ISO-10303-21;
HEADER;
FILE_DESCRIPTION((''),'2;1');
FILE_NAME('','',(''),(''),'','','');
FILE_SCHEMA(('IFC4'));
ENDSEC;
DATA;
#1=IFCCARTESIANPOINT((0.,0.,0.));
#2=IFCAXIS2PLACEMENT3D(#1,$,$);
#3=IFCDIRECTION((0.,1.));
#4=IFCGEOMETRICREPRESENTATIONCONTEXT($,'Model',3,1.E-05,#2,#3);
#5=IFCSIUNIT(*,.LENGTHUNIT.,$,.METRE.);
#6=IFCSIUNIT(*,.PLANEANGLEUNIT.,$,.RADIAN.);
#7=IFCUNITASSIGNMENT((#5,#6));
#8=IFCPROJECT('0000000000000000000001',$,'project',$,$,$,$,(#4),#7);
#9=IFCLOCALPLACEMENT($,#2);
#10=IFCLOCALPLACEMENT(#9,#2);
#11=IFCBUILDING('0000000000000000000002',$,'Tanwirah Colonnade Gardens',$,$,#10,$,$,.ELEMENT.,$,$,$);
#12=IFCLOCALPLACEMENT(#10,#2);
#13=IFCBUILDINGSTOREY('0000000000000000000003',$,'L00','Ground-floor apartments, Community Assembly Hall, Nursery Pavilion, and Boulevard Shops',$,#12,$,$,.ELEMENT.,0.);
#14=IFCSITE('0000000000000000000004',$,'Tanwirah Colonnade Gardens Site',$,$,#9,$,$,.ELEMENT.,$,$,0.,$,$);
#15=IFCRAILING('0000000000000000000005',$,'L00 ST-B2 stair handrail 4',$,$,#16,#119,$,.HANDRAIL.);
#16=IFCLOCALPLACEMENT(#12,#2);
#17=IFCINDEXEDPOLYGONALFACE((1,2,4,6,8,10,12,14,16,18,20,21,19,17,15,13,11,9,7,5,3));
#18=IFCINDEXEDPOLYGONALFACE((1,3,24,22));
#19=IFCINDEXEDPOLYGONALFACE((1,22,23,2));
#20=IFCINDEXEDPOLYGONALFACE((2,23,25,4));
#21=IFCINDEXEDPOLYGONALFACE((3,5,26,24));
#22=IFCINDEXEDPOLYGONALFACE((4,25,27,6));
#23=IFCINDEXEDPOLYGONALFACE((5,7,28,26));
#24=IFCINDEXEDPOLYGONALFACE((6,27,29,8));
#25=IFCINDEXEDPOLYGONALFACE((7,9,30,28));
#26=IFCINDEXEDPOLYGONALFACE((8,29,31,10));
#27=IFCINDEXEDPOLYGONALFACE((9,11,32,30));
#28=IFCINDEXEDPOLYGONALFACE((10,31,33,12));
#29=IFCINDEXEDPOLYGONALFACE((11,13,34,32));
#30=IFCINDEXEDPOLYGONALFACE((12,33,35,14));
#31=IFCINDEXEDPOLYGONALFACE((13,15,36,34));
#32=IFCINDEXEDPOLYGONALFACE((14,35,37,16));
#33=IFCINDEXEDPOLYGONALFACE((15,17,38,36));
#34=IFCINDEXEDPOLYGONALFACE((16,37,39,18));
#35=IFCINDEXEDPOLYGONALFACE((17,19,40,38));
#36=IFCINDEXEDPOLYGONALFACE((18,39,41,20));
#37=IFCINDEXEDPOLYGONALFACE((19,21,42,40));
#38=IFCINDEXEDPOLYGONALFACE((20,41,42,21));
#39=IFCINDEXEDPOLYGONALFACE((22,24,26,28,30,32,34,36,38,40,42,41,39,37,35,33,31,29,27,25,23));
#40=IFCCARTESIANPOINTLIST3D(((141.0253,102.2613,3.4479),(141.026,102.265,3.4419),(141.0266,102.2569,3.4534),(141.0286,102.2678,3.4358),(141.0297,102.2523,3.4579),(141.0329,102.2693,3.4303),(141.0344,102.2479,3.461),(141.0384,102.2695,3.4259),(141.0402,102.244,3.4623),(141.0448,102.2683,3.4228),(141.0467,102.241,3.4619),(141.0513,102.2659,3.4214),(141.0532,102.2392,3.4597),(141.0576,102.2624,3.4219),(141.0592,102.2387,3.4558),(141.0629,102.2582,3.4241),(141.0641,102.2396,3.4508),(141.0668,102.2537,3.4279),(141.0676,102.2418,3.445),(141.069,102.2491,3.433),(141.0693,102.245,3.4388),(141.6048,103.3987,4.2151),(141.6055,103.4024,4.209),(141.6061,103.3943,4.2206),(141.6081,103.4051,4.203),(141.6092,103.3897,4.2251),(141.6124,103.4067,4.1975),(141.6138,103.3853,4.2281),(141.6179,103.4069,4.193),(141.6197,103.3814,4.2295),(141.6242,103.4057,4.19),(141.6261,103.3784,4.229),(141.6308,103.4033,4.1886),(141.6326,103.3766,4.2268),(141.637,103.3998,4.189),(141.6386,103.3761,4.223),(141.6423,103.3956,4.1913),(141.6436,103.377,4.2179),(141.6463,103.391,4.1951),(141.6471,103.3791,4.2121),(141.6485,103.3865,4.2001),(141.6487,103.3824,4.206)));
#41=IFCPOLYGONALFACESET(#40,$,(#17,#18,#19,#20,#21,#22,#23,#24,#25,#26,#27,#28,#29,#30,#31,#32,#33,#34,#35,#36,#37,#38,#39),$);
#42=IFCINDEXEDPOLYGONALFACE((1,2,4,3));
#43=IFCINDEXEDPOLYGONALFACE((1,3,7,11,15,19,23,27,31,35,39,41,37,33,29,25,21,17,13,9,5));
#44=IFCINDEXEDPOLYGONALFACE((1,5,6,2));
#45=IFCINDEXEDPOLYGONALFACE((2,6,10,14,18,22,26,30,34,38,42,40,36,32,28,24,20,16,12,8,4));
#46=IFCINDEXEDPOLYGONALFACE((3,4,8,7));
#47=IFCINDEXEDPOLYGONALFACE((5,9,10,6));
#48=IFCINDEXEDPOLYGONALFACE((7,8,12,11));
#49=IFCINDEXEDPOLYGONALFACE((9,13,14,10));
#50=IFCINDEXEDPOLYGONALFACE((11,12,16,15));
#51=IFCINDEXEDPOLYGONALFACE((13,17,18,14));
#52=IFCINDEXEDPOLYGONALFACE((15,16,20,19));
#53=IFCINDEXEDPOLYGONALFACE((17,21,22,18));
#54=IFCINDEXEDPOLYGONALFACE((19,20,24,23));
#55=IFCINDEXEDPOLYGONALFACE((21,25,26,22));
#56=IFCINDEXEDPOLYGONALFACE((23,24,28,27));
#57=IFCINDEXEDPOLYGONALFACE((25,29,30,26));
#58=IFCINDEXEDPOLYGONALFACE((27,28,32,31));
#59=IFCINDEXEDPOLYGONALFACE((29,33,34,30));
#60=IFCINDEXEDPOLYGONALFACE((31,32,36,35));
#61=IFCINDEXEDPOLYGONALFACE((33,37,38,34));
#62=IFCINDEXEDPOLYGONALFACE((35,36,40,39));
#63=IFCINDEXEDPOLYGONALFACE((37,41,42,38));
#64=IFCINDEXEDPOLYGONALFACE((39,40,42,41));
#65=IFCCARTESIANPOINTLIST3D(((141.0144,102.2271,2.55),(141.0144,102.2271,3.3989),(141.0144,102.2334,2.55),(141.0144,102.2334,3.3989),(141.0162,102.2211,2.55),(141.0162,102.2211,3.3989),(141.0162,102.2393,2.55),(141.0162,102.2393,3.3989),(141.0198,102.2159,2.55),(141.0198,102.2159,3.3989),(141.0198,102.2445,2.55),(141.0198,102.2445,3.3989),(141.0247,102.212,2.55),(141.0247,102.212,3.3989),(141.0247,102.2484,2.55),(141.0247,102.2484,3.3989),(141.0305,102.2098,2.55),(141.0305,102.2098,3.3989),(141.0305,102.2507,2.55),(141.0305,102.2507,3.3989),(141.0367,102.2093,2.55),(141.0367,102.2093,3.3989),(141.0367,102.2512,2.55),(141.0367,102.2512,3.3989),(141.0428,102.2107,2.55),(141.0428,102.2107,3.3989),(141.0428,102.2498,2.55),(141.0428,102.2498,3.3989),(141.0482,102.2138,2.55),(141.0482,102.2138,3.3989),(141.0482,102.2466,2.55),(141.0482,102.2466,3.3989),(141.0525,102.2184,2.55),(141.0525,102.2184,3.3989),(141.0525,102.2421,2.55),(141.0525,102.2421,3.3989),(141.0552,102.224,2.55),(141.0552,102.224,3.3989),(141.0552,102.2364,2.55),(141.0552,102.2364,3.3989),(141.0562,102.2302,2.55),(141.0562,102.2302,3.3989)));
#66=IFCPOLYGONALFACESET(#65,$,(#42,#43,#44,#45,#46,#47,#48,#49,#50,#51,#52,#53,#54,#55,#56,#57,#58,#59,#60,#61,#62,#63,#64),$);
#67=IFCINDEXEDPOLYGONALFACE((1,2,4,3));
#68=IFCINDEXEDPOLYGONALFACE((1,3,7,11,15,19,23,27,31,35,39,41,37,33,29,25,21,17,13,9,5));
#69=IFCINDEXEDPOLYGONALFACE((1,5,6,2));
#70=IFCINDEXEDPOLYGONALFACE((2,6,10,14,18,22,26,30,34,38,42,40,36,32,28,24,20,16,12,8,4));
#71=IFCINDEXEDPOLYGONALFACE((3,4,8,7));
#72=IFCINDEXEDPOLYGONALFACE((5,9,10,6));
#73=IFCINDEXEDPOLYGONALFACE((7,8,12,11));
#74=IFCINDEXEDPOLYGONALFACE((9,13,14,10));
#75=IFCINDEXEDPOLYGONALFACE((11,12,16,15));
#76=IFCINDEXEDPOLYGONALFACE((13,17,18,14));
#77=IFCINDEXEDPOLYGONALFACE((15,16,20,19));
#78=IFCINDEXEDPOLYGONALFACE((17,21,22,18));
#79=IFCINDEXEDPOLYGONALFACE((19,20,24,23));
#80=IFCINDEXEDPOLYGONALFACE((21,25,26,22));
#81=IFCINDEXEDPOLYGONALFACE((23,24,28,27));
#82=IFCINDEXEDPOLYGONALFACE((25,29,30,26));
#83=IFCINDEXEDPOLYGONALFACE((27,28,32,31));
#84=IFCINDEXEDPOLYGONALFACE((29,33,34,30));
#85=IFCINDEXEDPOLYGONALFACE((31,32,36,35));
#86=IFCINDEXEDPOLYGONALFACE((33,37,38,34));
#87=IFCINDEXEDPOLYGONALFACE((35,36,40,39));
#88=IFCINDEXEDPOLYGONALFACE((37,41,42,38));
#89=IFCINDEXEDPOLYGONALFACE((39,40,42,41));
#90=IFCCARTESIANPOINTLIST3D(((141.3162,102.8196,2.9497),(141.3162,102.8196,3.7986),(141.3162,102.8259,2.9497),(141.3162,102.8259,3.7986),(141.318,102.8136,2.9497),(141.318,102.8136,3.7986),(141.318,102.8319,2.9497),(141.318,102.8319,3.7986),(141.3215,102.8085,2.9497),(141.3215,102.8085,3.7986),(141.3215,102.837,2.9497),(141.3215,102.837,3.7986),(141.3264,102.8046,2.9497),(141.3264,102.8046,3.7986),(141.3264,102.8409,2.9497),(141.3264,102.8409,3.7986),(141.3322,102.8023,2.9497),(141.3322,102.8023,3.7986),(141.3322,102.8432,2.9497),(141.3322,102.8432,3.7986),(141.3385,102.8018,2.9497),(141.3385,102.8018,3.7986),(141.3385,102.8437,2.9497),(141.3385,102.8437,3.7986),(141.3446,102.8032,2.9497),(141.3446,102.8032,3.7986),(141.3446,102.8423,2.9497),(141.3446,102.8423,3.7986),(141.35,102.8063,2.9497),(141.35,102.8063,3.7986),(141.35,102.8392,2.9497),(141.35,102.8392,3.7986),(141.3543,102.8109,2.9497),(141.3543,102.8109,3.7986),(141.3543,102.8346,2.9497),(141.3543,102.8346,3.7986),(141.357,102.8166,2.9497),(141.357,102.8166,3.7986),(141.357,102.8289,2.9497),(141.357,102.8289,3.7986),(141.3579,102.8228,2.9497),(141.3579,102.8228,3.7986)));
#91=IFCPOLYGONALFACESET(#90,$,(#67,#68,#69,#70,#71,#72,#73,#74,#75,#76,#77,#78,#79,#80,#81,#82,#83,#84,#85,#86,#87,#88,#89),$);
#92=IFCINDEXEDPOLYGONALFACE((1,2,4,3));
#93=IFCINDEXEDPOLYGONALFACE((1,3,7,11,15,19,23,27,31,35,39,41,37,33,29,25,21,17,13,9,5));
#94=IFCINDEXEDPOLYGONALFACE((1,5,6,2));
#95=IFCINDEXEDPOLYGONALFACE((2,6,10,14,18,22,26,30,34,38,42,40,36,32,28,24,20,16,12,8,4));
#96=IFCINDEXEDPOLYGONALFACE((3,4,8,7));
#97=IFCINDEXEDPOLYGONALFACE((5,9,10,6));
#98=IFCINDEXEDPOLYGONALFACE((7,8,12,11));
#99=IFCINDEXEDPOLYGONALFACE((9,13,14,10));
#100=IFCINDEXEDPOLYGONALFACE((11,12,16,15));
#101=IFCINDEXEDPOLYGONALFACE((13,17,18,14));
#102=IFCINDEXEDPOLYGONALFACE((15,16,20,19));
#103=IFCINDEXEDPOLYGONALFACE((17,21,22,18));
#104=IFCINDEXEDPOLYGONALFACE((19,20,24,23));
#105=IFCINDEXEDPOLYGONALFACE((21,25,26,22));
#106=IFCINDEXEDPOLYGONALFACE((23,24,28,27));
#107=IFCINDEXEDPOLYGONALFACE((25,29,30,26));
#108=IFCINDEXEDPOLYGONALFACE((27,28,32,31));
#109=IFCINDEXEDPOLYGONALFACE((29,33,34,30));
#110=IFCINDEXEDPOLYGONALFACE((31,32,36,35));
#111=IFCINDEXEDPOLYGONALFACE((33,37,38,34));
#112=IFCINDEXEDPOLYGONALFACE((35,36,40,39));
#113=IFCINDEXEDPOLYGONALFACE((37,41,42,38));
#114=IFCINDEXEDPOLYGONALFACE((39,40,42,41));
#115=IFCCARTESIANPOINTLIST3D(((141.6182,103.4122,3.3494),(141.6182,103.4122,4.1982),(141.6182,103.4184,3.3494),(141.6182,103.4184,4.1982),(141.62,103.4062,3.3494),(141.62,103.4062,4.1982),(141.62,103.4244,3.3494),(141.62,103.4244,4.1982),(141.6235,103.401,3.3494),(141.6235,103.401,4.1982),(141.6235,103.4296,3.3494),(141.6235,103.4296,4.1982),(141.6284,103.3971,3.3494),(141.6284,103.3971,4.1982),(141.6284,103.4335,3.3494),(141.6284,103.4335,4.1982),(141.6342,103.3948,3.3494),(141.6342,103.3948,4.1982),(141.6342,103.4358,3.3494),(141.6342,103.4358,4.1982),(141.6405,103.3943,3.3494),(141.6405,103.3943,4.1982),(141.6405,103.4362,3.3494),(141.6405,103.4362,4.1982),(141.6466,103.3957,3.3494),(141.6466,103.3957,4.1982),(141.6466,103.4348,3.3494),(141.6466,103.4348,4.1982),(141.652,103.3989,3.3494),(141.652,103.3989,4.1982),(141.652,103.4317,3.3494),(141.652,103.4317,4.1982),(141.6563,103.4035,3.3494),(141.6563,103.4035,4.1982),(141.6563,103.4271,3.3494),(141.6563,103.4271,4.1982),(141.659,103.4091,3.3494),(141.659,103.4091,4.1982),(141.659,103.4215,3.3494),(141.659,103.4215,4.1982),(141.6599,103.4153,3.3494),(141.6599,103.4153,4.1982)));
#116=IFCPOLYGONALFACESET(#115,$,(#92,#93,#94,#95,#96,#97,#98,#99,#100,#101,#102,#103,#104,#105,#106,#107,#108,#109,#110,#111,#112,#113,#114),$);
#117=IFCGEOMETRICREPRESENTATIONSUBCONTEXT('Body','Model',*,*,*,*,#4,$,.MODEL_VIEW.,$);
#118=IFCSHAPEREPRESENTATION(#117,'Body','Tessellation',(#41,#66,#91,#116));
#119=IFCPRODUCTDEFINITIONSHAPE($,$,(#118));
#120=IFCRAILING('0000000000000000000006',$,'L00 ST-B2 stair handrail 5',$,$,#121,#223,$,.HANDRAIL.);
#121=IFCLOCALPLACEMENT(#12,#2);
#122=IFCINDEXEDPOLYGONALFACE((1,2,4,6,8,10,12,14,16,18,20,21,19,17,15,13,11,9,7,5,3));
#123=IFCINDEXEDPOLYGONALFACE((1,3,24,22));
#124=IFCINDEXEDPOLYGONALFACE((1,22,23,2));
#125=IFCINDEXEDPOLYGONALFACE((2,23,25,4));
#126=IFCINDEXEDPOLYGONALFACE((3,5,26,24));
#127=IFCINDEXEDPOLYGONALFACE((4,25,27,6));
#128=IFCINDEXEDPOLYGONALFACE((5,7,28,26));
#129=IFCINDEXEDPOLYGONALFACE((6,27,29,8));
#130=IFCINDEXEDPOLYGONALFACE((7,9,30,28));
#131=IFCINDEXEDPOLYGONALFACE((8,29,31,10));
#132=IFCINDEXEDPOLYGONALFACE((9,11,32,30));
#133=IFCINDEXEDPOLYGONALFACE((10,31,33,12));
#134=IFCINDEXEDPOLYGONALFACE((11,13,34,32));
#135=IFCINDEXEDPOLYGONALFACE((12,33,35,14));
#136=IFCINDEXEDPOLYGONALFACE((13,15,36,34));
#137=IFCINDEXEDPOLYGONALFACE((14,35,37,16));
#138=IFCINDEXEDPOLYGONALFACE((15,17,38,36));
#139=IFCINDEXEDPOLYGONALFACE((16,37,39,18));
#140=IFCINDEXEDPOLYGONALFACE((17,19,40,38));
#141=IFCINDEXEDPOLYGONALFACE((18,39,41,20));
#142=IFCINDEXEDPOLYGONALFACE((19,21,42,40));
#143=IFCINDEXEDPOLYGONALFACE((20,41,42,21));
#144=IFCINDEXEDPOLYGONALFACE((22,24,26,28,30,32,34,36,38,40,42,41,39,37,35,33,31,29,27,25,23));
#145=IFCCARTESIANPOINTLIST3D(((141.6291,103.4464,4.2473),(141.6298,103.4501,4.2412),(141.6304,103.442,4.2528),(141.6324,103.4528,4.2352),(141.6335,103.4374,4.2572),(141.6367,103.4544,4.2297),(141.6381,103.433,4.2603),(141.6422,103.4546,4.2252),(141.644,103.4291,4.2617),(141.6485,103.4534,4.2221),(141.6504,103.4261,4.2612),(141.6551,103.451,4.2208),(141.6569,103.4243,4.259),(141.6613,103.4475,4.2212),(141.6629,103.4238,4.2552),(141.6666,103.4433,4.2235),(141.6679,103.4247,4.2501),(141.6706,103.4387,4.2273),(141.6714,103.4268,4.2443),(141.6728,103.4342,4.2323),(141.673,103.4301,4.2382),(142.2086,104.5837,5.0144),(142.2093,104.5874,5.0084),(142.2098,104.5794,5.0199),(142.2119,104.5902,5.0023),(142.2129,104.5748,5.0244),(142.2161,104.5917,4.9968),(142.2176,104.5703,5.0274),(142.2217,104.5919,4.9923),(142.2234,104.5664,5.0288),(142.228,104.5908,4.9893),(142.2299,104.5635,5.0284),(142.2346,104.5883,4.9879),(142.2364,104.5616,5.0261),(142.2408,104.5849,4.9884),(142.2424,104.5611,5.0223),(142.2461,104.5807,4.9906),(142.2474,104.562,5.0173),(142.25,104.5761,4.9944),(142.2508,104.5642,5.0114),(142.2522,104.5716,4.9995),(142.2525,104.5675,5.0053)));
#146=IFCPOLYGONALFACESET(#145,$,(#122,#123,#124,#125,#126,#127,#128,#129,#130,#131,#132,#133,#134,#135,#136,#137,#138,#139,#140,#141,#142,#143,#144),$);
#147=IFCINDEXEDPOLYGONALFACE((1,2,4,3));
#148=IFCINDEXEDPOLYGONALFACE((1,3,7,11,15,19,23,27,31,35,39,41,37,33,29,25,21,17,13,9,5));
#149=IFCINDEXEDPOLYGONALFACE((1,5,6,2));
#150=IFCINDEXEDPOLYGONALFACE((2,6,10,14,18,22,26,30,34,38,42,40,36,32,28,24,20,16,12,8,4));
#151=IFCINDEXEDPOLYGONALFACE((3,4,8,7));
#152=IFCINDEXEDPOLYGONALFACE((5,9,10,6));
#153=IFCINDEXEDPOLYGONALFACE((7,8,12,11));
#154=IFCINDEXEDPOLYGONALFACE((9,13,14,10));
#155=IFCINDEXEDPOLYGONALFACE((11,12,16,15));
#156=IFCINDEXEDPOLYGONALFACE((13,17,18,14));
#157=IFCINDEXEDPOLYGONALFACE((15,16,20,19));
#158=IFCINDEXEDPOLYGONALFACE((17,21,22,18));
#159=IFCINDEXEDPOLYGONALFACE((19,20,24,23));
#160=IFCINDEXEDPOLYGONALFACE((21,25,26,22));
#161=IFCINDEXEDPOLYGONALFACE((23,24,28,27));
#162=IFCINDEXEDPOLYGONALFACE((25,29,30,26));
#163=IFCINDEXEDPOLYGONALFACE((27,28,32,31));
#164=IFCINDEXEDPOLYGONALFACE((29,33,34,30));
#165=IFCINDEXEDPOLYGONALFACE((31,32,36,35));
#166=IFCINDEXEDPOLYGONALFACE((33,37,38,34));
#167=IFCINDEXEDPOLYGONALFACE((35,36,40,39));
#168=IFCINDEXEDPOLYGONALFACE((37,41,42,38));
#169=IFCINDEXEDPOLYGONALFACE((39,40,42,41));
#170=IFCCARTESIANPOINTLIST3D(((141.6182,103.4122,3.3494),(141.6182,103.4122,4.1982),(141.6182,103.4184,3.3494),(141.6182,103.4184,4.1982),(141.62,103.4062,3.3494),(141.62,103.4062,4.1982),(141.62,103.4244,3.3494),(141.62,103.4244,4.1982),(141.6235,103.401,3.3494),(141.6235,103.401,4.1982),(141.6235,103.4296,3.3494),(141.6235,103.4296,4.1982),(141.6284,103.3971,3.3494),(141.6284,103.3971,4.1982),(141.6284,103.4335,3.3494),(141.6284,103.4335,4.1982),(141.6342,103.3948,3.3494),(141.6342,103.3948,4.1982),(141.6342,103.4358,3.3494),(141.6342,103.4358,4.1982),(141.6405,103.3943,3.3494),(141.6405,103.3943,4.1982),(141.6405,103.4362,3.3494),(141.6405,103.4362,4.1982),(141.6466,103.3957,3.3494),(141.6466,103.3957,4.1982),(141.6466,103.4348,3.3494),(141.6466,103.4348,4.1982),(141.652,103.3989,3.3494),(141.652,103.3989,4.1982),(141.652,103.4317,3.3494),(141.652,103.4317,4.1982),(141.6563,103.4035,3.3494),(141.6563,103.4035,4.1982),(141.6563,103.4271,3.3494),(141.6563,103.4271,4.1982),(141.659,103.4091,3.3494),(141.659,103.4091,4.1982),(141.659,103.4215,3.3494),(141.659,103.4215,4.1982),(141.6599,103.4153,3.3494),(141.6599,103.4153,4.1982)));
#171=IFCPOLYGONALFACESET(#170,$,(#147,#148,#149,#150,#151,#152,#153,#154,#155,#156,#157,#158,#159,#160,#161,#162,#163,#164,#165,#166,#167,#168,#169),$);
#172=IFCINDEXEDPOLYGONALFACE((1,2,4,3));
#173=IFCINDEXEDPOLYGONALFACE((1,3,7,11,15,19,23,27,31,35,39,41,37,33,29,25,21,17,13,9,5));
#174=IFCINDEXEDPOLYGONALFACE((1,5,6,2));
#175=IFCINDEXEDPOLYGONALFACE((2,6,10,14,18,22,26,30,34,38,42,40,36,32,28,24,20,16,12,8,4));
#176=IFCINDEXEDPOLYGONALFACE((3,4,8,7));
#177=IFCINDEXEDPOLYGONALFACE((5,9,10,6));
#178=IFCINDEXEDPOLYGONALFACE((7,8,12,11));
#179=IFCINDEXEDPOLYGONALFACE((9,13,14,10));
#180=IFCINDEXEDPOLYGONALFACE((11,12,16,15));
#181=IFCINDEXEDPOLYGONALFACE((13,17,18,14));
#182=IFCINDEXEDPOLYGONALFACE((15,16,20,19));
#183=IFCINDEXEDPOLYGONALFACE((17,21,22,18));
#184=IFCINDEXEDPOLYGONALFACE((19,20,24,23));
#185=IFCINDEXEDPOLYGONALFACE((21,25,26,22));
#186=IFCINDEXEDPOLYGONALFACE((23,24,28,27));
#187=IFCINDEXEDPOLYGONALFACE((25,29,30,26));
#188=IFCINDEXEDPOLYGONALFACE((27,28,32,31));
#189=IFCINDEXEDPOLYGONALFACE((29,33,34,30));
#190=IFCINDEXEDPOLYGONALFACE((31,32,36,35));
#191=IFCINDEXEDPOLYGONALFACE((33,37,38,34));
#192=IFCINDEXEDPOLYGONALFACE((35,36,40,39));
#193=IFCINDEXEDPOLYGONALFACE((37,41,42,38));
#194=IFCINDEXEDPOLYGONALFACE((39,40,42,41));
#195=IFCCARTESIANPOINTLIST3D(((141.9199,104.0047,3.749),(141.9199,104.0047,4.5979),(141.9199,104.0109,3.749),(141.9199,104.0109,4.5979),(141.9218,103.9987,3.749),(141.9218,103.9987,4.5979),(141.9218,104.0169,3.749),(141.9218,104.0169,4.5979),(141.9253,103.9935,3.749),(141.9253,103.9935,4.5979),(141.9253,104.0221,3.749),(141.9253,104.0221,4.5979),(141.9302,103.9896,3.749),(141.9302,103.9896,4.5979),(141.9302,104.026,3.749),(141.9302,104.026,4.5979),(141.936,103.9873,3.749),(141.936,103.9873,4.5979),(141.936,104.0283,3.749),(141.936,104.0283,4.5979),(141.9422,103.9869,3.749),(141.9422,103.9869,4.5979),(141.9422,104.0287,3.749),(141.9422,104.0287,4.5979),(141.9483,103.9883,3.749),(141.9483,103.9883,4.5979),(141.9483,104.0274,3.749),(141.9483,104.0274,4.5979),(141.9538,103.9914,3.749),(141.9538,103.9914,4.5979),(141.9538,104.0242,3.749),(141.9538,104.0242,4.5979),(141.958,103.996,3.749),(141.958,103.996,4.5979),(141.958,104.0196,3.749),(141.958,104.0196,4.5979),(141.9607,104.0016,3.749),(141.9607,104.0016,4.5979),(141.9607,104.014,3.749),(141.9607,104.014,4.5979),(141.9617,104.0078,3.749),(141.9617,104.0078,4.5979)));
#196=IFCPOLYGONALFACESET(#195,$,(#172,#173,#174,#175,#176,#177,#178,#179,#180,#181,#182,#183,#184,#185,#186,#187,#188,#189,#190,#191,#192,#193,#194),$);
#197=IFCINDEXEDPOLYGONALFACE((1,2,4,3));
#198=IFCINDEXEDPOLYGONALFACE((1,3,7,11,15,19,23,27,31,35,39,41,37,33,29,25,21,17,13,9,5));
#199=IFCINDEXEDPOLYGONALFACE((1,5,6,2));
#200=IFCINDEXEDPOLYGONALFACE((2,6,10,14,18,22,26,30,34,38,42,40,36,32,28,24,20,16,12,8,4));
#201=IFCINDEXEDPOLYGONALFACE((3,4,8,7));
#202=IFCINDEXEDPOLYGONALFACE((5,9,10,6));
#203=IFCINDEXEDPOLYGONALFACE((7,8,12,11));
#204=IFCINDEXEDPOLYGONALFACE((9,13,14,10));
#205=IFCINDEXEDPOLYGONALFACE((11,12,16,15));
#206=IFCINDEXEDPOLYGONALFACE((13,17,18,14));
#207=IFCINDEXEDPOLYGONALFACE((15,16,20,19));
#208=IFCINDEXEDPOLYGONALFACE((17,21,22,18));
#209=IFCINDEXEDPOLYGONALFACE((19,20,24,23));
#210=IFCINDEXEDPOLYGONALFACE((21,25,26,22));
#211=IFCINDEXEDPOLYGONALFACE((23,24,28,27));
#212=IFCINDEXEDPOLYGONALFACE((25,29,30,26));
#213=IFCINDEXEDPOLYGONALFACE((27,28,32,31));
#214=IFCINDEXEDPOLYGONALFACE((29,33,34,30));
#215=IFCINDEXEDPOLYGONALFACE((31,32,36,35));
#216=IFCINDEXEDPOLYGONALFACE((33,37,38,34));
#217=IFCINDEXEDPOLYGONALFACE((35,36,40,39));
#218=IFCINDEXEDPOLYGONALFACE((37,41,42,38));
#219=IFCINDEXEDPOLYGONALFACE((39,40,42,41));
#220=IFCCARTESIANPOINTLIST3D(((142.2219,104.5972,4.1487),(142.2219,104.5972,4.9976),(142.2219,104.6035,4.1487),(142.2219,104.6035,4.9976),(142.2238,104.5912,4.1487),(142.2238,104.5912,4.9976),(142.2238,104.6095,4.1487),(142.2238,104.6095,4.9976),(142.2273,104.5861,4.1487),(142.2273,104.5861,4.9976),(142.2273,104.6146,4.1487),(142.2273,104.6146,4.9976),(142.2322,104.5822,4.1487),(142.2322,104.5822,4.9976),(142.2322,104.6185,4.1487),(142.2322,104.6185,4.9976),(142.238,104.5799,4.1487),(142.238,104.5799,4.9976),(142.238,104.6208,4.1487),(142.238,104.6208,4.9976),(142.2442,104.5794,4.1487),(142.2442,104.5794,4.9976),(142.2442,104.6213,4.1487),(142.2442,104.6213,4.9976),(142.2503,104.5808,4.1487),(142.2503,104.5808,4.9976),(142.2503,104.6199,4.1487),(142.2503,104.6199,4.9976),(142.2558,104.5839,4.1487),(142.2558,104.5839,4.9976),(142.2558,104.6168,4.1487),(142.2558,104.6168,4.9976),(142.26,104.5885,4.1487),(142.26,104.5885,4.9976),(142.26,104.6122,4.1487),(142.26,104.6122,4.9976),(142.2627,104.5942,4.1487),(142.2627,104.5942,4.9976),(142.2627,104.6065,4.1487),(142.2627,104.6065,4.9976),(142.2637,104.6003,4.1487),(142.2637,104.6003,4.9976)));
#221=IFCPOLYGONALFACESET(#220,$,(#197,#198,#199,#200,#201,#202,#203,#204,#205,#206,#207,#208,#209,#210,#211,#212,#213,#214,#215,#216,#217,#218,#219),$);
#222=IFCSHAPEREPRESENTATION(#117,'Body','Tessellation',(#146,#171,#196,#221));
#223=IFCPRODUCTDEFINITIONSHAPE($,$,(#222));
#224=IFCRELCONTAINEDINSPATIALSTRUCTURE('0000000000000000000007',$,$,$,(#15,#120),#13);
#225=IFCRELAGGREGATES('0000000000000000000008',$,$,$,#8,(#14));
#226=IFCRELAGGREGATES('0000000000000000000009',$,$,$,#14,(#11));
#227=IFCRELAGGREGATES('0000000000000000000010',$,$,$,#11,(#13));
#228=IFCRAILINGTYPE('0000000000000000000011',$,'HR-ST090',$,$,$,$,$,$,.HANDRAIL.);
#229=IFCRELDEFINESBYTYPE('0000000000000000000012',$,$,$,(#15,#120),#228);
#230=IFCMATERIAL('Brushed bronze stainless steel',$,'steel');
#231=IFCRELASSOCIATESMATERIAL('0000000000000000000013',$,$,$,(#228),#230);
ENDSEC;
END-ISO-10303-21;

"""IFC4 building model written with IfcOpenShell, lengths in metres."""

from ifc_helpers import new_model, si_unit, direction, frame, origin, origin_2d, place, context, subcontext, project, spatial, circle, extrude, material, type_object, element, save


model = new_model("IFC4")

# Units and contexts
model_context = context("Model", 3, precision=1e-05, world=origin(), true_north=direction((0.0, 1.0)))
body_context = subcontext(model_context, "Body", "Model", "MODEL_VIEW")
ifc_project = project(units=[si_unit("LENGTHUNIT", "METRE"), si_unit("PLANEANGLEUNIT", "RADIAN")], contexts=[model_context])

# Site, building, storey
site_placement = place(None, origin())
site = spatial("IfcSite", under=ifc_project, at=site_placement, Name="Tanwirah Colonnade Gardens Site", CompositionType="ELEMENT", RefElevation=0.0)
building_placement = place(site_placement, origin())
building = spatial("IfcBuilding", under=site, at=building_placement, Name="Tanwirah Colonnade Gardens", CompositionType="ELEMENT")
storey_placement = place(building_placement, origin())
storey = spatial("IfcBuildingStorey", under=building, at=storey_placement, Name="L00", Description="Ground-floor apartments, Community Assembly Hall, Nursery Pavilion, and Boulevard Shops", CompositionType="ELEMENT", Elevation=0.0)

# Railings
ifc_material_1 = material(Name="Brushed bronze stainless steel", Category="steel")
railing_type_1 = type_object("IfcRailingType", Name="HR-ST090", PredefinedType="HANDRAIL", material=ifc_material_1)
for number, where, name in (
    (1, (141.0352, 102.2302, 2.55), "L00 ST-B2 stair handrail 4"),
    (2, (141.6389, 103.4153, 3.3494), "L00 ST-B2 stair handrail 5"),
):
    element("IfcRailing", number, at=place(storey_placement, frame(where)), inside=storey, type_object=railing_type_1, Name=name, PredefinedType="HANDRAIL", context=body_context, shape_type="SweptSolid", body=[
        extrude(circle(Radius=0.0239, at=origin_2d()), frame((0.0122, 0.0239, 0.8918), z_axis=(0.389094, 0.763713, 0.515121), x_axis=(-0.891024, 0.453956, 0.0)), (0.0, 0.0, 1.0), 1.4893),
        extrude(circle(Radius=0.021, at=origin_2d()), origin(), (0.0, 0.0, 1.0), 0.8489),
        extrude(circle(Radius=0.021, at=origin_2d()), frame((0.3018, 0.5925, 0.3997)), (0.0, 0.0, 1.0), 0.8489),
        extrude(circle(Radius=0.021, at=origin_2d()), frame((0.6038, 1.1851, 0.7993)), (0.0, 0.0, 1.0), 0.8489),
    ])

save(model, "model.ifc")
